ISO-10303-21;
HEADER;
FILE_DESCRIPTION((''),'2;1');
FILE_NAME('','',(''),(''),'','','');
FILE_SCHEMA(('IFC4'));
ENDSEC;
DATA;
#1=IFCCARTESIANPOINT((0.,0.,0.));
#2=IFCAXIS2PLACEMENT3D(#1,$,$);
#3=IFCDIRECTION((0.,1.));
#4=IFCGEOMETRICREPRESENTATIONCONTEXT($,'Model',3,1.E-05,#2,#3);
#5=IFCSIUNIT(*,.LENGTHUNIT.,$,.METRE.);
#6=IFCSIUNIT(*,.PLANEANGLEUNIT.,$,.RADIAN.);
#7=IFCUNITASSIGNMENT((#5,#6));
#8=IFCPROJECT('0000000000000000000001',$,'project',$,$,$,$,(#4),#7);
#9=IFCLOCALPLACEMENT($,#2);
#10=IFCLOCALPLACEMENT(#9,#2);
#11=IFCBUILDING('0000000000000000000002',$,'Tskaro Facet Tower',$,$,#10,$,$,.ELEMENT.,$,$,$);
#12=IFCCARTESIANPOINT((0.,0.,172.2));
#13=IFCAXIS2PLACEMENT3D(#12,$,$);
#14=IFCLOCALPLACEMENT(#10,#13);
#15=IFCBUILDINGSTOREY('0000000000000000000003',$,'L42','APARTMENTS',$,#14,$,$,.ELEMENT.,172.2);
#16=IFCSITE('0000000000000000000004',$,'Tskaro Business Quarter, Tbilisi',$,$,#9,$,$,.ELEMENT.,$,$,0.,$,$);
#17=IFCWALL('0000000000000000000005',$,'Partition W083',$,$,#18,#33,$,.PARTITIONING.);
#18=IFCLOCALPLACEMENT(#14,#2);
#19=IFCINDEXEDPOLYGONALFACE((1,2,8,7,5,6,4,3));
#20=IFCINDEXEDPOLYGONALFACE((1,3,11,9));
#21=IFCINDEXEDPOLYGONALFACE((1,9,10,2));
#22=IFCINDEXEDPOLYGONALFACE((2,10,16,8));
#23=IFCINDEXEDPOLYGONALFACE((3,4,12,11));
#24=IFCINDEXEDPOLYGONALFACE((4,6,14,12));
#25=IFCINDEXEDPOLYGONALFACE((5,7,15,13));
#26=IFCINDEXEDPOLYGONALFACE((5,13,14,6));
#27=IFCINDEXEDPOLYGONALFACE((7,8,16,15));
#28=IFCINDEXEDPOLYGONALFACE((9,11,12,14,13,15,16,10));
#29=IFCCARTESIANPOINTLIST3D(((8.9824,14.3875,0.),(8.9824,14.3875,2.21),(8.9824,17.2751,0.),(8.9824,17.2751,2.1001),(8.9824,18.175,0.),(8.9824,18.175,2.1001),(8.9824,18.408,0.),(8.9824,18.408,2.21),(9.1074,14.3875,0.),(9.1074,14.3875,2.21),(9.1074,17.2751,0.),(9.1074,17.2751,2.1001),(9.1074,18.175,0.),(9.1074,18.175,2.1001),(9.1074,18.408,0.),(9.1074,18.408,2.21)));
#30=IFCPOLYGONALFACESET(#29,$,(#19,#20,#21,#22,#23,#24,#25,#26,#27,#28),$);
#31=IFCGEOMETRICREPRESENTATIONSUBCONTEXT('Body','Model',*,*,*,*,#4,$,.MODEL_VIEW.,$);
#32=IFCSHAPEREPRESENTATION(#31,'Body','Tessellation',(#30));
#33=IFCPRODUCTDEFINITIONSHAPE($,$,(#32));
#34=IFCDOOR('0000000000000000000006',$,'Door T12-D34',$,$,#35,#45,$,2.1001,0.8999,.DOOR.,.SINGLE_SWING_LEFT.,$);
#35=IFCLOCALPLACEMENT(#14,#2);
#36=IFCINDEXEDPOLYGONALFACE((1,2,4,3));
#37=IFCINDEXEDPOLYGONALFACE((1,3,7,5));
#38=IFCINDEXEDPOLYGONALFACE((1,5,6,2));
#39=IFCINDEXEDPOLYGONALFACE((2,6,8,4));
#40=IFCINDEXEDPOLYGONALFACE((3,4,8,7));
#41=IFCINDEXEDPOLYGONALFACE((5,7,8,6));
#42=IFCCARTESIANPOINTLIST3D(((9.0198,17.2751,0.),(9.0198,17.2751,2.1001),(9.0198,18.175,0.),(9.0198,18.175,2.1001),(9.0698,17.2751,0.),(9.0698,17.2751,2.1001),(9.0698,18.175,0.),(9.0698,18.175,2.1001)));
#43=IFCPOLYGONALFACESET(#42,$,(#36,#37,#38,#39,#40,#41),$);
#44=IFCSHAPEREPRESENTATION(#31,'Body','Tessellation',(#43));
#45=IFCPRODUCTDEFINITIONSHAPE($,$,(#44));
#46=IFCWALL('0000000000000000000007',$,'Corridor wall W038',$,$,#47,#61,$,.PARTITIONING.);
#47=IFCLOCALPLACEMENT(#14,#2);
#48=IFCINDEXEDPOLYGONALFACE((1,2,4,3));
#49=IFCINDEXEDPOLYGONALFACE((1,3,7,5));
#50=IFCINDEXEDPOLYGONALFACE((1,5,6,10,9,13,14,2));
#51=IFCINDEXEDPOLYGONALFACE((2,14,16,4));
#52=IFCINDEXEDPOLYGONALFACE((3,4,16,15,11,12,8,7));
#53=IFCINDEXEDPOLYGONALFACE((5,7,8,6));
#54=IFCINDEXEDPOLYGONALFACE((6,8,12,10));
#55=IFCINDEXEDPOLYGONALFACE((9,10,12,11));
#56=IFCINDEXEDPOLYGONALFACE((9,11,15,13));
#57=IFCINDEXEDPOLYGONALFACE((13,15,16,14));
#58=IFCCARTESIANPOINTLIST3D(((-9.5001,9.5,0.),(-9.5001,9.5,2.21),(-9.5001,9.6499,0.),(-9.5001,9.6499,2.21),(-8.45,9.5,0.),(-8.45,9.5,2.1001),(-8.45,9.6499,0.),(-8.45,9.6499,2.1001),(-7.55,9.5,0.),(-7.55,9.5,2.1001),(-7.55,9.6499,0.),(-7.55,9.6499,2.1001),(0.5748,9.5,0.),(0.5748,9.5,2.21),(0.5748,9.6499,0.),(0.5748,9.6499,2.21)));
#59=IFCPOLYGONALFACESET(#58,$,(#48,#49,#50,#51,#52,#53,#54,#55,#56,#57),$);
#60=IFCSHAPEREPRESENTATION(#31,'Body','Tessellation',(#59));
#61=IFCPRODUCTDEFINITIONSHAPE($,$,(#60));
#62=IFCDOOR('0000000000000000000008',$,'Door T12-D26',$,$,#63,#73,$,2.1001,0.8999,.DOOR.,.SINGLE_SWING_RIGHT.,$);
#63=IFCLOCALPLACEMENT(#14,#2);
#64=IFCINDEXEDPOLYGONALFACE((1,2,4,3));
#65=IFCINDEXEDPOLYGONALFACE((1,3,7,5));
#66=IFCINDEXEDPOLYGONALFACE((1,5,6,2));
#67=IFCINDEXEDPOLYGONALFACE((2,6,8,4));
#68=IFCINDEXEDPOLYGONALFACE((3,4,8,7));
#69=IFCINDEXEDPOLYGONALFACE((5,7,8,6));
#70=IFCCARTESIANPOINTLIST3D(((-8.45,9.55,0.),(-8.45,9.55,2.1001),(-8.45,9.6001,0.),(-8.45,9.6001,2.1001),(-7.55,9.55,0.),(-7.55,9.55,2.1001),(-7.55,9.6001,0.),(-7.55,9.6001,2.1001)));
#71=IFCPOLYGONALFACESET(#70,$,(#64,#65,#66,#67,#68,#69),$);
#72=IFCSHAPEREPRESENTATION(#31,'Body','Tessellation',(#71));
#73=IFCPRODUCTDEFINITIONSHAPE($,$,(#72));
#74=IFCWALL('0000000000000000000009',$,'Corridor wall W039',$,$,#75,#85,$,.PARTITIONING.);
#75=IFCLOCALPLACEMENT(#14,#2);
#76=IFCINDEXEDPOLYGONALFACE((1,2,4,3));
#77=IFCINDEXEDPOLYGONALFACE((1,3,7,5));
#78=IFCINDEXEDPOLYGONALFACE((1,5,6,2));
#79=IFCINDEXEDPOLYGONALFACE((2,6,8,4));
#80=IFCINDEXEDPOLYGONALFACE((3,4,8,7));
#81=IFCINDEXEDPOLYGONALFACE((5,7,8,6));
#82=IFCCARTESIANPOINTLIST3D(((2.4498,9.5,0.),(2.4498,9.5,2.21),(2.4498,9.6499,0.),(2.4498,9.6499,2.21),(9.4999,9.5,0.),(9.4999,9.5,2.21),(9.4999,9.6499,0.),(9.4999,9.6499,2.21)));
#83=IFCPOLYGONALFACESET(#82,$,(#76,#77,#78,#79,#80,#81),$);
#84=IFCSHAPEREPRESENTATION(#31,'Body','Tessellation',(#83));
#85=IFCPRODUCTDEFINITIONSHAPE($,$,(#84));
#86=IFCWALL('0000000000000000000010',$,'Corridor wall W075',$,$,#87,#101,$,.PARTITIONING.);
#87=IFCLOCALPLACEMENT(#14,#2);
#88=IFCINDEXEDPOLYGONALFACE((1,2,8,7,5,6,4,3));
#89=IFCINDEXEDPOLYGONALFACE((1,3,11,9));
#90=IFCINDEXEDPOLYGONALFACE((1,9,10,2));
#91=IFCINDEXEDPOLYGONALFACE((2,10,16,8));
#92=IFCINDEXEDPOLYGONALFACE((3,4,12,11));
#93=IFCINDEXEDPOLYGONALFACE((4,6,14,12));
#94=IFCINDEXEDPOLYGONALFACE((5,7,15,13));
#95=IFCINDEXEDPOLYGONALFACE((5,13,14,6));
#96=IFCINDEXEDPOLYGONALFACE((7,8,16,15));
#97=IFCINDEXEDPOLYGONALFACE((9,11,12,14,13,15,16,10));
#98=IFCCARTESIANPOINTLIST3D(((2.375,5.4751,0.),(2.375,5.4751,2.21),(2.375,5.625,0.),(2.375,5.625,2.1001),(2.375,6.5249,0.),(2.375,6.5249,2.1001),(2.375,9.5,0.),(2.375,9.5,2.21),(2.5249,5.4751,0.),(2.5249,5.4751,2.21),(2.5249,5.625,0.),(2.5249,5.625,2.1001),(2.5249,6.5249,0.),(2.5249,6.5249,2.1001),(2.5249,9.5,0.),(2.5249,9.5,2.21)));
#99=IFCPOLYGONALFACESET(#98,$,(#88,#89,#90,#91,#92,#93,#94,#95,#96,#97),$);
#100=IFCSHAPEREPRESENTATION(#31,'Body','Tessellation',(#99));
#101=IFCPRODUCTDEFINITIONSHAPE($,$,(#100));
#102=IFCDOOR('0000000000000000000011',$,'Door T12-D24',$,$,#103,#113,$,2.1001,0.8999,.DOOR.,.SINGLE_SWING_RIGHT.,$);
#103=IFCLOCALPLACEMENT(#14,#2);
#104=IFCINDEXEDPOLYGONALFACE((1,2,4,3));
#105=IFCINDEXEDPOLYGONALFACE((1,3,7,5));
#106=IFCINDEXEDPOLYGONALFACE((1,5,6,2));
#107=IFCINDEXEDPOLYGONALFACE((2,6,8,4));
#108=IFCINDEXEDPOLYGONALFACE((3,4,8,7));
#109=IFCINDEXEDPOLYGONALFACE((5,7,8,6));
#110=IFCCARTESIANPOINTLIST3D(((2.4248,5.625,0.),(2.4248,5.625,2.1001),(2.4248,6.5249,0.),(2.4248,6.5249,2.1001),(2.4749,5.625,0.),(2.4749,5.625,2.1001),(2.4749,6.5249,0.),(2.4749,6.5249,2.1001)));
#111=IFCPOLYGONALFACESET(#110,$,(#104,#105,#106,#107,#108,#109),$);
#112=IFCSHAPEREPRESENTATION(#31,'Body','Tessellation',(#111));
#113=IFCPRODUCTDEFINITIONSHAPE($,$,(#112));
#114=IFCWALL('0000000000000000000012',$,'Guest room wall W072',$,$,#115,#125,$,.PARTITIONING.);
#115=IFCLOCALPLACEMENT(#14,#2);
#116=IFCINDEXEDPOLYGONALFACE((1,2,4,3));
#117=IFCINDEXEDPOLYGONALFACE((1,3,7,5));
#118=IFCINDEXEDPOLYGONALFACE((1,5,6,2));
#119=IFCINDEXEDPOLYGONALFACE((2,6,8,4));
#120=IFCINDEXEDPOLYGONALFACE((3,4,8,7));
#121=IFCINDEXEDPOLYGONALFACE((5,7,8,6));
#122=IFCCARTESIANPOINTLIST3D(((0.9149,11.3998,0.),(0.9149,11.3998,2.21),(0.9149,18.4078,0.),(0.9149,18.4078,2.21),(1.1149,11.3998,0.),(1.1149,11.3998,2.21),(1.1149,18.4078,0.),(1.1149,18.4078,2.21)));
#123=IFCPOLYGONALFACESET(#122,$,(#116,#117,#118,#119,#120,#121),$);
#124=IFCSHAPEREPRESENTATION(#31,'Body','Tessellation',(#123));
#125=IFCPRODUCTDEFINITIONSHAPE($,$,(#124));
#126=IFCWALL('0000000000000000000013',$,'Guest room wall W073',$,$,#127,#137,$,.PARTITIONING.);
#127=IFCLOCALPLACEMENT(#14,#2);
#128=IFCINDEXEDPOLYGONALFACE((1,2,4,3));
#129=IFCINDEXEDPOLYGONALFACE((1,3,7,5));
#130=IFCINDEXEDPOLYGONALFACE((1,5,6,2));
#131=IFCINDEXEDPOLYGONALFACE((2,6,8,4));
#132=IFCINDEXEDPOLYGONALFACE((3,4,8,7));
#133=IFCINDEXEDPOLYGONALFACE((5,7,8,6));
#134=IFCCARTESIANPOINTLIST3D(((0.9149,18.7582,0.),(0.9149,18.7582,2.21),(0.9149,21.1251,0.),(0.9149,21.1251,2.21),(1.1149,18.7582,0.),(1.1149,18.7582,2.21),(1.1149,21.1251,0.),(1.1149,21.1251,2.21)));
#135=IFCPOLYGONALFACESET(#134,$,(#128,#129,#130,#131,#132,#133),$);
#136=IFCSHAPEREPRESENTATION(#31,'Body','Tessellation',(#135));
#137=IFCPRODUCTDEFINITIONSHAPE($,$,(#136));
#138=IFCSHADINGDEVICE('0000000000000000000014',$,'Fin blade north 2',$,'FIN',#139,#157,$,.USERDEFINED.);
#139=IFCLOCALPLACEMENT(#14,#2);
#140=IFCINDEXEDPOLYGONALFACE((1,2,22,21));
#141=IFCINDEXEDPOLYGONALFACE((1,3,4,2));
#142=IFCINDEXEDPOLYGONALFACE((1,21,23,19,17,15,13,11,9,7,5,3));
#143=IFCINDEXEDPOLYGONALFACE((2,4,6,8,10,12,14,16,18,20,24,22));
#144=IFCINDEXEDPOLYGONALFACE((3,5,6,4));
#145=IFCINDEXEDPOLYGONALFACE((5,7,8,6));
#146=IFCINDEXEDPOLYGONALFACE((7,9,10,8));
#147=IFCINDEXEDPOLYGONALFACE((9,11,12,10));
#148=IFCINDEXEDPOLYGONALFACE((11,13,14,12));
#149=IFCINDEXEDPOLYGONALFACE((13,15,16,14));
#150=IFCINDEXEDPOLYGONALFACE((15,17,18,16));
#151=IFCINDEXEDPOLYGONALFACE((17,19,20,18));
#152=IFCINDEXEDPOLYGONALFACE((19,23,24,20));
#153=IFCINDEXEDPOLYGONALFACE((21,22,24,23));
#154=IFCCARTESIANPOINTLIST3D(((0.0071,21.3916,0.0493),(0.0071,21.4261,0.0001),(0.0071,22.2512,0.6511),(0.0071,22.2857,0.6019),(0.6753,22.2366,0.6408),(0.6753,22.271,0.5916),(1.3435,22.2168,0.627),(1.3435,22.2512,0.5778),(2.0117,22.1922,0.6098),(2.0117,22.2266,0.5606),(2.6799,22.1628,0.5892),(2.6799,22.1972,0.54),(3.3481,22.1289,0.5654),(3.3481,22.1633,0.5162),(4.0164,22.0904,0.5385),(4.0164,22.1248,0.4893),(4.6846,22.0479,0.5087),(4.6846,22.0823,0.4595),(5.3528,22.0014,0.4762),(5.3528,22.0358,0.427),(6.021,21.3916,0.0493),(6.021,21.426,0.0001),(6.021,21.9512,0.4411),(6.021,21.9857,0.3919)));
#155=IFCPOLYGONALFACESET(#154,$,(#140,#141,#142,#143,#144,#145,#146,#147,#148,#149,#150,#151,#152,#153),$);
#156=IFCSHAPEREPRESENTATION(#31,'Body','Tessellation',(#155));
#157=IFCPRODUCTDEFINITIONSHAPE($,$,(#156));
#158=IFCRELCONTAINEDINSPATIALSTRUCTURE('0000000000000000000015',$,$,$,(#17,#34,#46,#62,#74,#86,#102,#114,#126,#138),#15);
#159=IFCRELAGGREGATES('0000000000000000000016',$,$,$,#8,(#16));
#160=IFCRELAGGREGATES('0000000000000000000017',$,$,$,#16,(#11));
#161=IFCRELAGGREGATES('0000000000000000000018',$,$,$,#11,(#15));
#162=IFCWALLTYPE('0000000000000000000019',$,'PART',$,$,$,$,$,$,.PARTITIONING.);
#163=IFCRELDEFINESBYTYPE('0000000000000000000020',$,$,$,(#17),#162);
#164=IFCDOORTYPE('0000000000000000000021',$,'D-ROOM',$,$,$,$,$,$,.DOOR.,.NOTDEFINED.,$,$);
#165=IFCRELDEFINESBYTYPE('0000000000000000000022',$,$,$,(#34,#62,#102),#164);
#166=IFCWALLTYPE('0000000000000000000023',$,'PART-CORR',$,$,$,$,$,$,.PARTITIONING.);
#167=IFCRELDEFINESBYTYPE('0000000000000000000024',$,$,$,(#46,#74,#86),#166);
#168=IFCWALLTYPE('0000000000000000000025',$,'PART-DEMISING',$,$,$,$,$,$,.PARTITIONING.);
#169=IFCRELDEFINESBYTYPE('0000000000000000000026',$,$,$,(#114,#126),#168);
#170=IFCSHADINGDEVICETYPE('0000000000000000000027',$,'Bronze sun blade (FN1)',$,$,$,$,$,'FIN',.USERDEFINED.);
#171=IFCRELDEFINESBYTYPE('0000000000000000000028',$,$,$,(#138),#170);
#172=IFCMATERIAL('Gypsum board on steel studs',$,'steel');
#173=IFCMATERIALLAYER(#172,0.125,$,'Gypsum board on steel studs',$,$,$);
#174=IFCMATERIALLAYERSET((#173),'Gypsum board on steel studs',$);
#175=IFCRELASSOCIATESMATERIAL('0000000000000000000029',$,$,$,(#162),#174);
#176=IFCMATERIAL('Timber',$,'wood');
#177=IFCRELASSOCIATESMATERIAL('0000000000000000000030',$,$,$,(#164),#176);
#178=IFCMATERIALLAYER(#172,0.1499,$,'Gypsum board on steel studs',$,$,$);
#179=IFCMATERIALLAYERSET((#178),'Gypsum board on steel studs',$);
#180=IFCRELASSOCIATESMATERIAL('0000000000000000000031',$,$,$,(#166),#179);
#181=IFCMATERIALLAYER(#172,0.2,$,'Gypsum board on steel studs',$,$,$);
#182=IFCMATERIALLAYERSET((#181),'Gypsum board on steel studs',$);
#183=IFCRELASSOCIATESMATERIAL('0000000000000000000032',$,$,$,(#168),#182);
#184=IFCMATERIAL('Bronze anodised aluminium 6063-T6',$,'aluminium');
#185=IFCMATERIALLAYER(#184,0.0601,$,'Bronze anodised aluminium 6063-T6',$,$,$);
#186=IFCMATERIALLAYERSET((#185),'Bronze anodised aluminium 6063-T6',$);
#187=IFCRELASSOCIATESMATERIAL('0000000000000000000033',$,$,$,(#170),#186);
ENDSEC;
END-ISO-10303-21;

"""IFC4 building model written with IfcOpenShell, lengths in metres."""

from ifc_helpers import new_model, si_unit, direction, frame, frame_2d, origin, place, context, subcontext, project, spatial, polyline, rectangle, outline, extrude, material, layer, layer_set, type_object, element, fill, save


model = new_model("IFC4")

# Units and contexts
model_context = context("Model", 3, precision=1e-05, world=origin(), true_north=direction((0.0, 1.0)))
body_context = subcontext(model_context, "Body", "Model", "MODEL_VIEW")
ifc_project = project(units=[si_unit("LENGTHUNIT", "METRE"), si_unit("PLANEANGLEUNIT", "RADIAN")], contexts=[model_context])

# Site, building, storey
site_placement = place(None, origin())
site = spatial("IfcSite", under=ifc_project, at=site_placement, Name="Tskaro Business Quarter, Tbilisi", CompositionType="ELEMENT", RefElevation=0.0)
building_placement = place(site_placement, origin())
building = spatial("IfcBuilding", under=site, at=building_placement, Name="Tskaro Facet Tower", CompositionType="ELEMENT")
storey_placement = place(building_placement, frame((0.0, 0.0, 172.2)))
storey = spatial("IfcBuildingStorey", under=building, at=storey_placement, Name="L42", Description="APARTMENTS", CompositionType="ELEMENT", Elevation=172.2)

# Shared definitions
ifc_material_1 = material(Name="Bronze anodised aluminium 6063-T6", Category="aluminium")

# Walls, openings, doors
ifc_material_2 = material(Name="Gypsum board on steel studs", Category="steel")
ifc_layer_1 = layer(ifc_material_2, 0.125, Name="Gypsum board on steel studs")
ifc_layer_set_1 = layer_set([ifc_layer_1], Name="Gypsum board on steel studs")
wall_type_1 = type_object("IfcWallType", Name="PART", PredefinedType="PARTITIONING", material=ifc_layer_set_1)
ifc_material_3 = material(Name="Timber", Category="wood")
door_type = type_object("IfcDoorType", Name="D-ROOM", OperationType="NOTDEFINED", PredefinedType="DOOR", material=ifc_material_3)
wall_1_placement = place(storey_placement, frame((9.0449, 18.408, 0.0), z_axis=(0.0, 0.0, 1.0), x_axis=(0.0, -1.0, 0.0)))
wall_1 = element("IfcWall", 1, at=wall_1_placement, inside=storey, type_object=wall_type_1, Name="Partition W083", PredefinedType="PARTITIONING", context=body_context, shape_type="SweptSolid", body=[
    extrude(rectangle(XDim=4.0205, YDim=0.125, at=frame_2d((2.0103, 0.0))), origin(), (0.0, 0.0, 1.0), 2.21),
])
opening_1_placement = place(wall_1_placement, frame((0.2329, 0.0, 0.0)))
opening_1 = element("IfcOpeningElement", 2, at=opening_1_placement, cuts=wall_1, PredefinedType="OPENING", context=body_context, shape_type="SweptSolid", body=[
    extrude(rectangle(XDim=0.8999, YDim=2.1001, at=frame_2d((0.45, 1.05))), frame((0.0, 0.0725, 0.0), z_axis=(0.0, -1.0, 0.0), x_axis=(1.0, 0.0, 0.0)), (0.0, 0.0, 1.0), 0.145),
])
door_1_placement = place(opening_1_placement, origin())
door_1 = element("IfcDoor", 3, at=door_1_placement, inside=storey, type_object=door_type, Name="Door T12-D34", OperationType="SINGLE_SWING_LEFT", OverallHeight=2.1001, OverallWidth=0.8999, PredefinedType="DOOR", context=body_context, shape_type="SweptSolid", body=[
    extrude(rectangle(XDim=0.8999, YDim=2.1001, at=frame_2d((0.45, 1.05))), frame((0.0, 0.0249, 0.0), z_axis=(0.0, -1.0, 0.0), x_axis=(1.0, 0.0, 0.0)), (0.0, 0.0, 1.0), 0.05),
])
fill(opening_1, door_1)
ifc_layer_2 = layer(ifc_material_2, 0.1499, Name="Gypsum board on steel studs")
ifc_layer_set_2 = layer_set([ifc_layer_2], Name="Gypsum board on steel studs")
wall_type_2 = type_object("IfcWallType", Name="PART-CORR", PredefinedType="PARTITIONING", material=ifc_layer_set_2)
wall_2_placement = place(storey_placement, frame((0.575, 9.575, 0.0), z_axis=(0.0, 0.0, 1.0), x_axis=(-1.0, 0.0, 0.0)))
wall_2 = element("IfcWall", 4, at=wall_2_placement, inside=storey, type_object=wall_type_2, Name="Corridor wall W038", PredefinedType="PARTITIONING", context=body_context, shape_type="SweptSolid", body=[
    extrude(rectangle(XDim=10.075, YDim=0.1499, at=frame_2d((5.0376, 0.0))), origin(), (0.0, 0.0, 1.0), 2.21),
])
opening_2_placement = place(wall_2_placement, frame((8.125, 0.0, 0.0)))
opening_2 = element("IfcOpeningElement", 5, at=opening_2_placement, cuts=wall_2, PredefinedType="OPENING", context=body_context, shape_type="SweptSolid", body=[
    extrude(rectangle(XDim=0.8999, YDim=2.1001, at=frame_2d((0.45, 1.05))), frame((0.0, 0.085, 0.0), z_axis=(0.0, -1.0, 0.0), x_axis=(1.0, 0.0, 0.0)), (0.0, 0.0, 1.0), 0.1699),
])
door_2_placement = place(opening_2_placement, origin())
door_2 = element("IfcDoor", 6, at=door_2_placement, inside=storey, type_object=door_type, Name="Door T12-D26", OperationType="SINGLE_SWING_RIGHT", OverallHeight=2.1001, OverallWidth=0.8999, PredefinedType="DOOR", context=body_context, shape_type="SweptSolid", body=[
    extrude(rectangle(XDim=0.8999, YDim=2.1001, at=frame_2d((0.45, 1.05))), frame((0.0, 0.0249, 0.0), z_axis=(0.0, -1.0, 0.0), x_axis=(1.0, 0.0, 0.0)), (0.0, 0.0, 1.0), 0.05),
])
fill(opening_2, door_2)

# Wall
wall_3_placement = place(storey_placement, frame((2.45, 9.575, 0.0), z_axis=(0.0, 0.0, 1.0), x_axis=(1.0, 0.0, 0.0)))
element("IfcWall", 7, at=wall_3_placement, inside=storey, type_object=wall_type_2, Name="Corridor wall W039", PredefinedType="PARTITIONING", context=body_context, shape_type="SweptSolid", body=[
    extrude(rectangle(XDim=7.05, YDim=0.1499, at=frame_2d((3.5249, 0.0))), origin(), (0.0, 0.0, 1.0), 2.21),
])

# Wall, opening, door
wall_4_placement = place(storey_placement, frame((2.45, 9.5, 0.0), z_axis=(0.0, 0.0, 1.0), x_axis=(0.0, -1.0, 0.0)))
wall_4 = element("IfcWall", 8, at=wall_4_placement, inside=storey, type_object=wall_type_2, Name="Corridor wall W075", PredefinedType="PARTITIONING", context=body_context, shape_type="SweptSolid", body=[
    extrude(rectangle(XDim=4.0249, YDim=0.1499, at=frame_2d((2.0125, 0.0))), origin(), (0.0, 0.0, 1.0), 2.21),
])
opening_3_placement = place(wall_4_placement, frame((2.9751, 0.0, 0.0)))
opening_3 = element("IfcOpeningElement", 9, at=opening_3_placement, cuts=wall_4, PredefinedType="OPENING", context=body_context, shape_type="SweptSolid", body=[
    extrude(rectangle(XDim=0.8999, YDim=2.1001, at=frame_2d((0.45, 1.05))), frame((0.0, 0.085, 0.0), z_axis=(0.0, -1.0, 0.0), x_axis=(1.0, 0.0, 0.0)), (0.0, 0.0, 1.0), 0.1699),
])
door_3_placement = place(opening_3_placement, origin())
door_3 = element("IfcDoor", 10, at=door_3_placement, inside=storey, type_object=door_type, Name="Door T12-D24", OperationType="SINGLE_SWING_RIGHT", OverallHeight=2.1001, OverallWidth=0.8999, PredefinedType="DOOR", context=body_context, shape_type="SweptSolid", body=[
    extrude(rectangle(XDim=0.8999, YDim=2.1001, at=frame_2d((0.45, 1.05))), frame((0.0, 0.0249, 0.0), z_axis=(0.0, -1.0, 0.0), x_axis=(1.0, 0.0, 0.0)), (0.0, 0.0, 1.0), 0.05),
])
fill(opening_3, door_3)

# Walls
ifc_layer_3 = layer(ifc_material_2, 0.2, Name="Gypsum board on steel studs")
ifc_layer_set_3 = layer_set([ifc_layer_3], Name="Gypsum board on steel studs")
wall_type_3 = type_object("IfcWallType", Name="PART-DEMISING", PredefinedType="PARTITIONING", material=ifc_layer_set_3)
wall_5_placement = place(storey_placement, frame((1.0149, 11.3999, 0.0), z_axis=(0.0, 0.0, 1.0), x_axis=(0.0, 1.0, 0.0)))
element("IfcWall", 11, at=wall_5_placement, inside=storey, type_object=wall_type_3, Name="Guest room wall W072", PredefinedType="PARTITIONING", context=body_context, shape_type="SweptSolid", body=[
    extrude(rectangle(XDim=7.0081, YDim=0.2, at=frame_2d((3.5039, 0.0))), origin(), (0.0, 0.0, 1.0), 2.21),
])
wall_6_placement = place(storey_placement, frame((1.0149, 18.7581, 0.0), z_axis=(0.0, 0.0, 1.0), x_axis=(0.0, 1.0, 0.0)))
element("IfcWall", 12, at=wall_6_placement, inside=storey, type_object=wall_type_3, Name="Guest room wall W073", PredefinedType="PARTITIONING", context=body_context, shape_type="SweptSolid", body=[
    extrude(rectangle(XDim=2.3669, YDim=0.2, at=frame_2d((1.1836, 0.0))), origin(), (0.0, 0.0, 1.0), 2.21),
])

# Shading device
ifc_layer_4 = layer(ifc_material_1, 0.0601, Name="Bronze anodised aluminium 6063-T6")
ifc_layer_set_4 = layer_set([ifc_layer_4], Name="Bronze anodised aluminium 6063-T6")
shading_device_type = type_object("IfcShadingDeviceType", Name="Bronze sun blade (FN1)", ElementType="FIN", PredefinedType="USERDEFINED", material=ifc_layer_set_4)
shading_device_1_placement = place(storey_placement, frame((6.021, 21.3916, 0.0493), z_axis=(-0.000004, -0.573494, 0.81921), x_axis=(-1.0, 0.000002, -0.000003)))
element("IfcShadingDevice", 13, at=shading_device_1_placement, inside=storey, type_object=shading_device_type, Name="Fin blade north 2", ObjectType="FIN", PredefinedType="USERDEFINED", context=body_context, shape_type="SweptSolid", body=[
    extrude(outline(polyline([(0.0, 0.0), (6.0139, 0.0), (6.0139, -1.0493), (5.3457, -1.0315), (4.6775, -1.0073), (4.0093, -0.9773), (3.3411, -0.9414), (2.6729, -0.9), (2.0046, -0.853), (1.3364, -0.8011), (0.6682, -0.7443), (0.0, -0.6831), (0.0, 0.0)])), origin(), (0.0, 0.0, -1.0), 0.0601),
])

save(model, "model.ifc")
